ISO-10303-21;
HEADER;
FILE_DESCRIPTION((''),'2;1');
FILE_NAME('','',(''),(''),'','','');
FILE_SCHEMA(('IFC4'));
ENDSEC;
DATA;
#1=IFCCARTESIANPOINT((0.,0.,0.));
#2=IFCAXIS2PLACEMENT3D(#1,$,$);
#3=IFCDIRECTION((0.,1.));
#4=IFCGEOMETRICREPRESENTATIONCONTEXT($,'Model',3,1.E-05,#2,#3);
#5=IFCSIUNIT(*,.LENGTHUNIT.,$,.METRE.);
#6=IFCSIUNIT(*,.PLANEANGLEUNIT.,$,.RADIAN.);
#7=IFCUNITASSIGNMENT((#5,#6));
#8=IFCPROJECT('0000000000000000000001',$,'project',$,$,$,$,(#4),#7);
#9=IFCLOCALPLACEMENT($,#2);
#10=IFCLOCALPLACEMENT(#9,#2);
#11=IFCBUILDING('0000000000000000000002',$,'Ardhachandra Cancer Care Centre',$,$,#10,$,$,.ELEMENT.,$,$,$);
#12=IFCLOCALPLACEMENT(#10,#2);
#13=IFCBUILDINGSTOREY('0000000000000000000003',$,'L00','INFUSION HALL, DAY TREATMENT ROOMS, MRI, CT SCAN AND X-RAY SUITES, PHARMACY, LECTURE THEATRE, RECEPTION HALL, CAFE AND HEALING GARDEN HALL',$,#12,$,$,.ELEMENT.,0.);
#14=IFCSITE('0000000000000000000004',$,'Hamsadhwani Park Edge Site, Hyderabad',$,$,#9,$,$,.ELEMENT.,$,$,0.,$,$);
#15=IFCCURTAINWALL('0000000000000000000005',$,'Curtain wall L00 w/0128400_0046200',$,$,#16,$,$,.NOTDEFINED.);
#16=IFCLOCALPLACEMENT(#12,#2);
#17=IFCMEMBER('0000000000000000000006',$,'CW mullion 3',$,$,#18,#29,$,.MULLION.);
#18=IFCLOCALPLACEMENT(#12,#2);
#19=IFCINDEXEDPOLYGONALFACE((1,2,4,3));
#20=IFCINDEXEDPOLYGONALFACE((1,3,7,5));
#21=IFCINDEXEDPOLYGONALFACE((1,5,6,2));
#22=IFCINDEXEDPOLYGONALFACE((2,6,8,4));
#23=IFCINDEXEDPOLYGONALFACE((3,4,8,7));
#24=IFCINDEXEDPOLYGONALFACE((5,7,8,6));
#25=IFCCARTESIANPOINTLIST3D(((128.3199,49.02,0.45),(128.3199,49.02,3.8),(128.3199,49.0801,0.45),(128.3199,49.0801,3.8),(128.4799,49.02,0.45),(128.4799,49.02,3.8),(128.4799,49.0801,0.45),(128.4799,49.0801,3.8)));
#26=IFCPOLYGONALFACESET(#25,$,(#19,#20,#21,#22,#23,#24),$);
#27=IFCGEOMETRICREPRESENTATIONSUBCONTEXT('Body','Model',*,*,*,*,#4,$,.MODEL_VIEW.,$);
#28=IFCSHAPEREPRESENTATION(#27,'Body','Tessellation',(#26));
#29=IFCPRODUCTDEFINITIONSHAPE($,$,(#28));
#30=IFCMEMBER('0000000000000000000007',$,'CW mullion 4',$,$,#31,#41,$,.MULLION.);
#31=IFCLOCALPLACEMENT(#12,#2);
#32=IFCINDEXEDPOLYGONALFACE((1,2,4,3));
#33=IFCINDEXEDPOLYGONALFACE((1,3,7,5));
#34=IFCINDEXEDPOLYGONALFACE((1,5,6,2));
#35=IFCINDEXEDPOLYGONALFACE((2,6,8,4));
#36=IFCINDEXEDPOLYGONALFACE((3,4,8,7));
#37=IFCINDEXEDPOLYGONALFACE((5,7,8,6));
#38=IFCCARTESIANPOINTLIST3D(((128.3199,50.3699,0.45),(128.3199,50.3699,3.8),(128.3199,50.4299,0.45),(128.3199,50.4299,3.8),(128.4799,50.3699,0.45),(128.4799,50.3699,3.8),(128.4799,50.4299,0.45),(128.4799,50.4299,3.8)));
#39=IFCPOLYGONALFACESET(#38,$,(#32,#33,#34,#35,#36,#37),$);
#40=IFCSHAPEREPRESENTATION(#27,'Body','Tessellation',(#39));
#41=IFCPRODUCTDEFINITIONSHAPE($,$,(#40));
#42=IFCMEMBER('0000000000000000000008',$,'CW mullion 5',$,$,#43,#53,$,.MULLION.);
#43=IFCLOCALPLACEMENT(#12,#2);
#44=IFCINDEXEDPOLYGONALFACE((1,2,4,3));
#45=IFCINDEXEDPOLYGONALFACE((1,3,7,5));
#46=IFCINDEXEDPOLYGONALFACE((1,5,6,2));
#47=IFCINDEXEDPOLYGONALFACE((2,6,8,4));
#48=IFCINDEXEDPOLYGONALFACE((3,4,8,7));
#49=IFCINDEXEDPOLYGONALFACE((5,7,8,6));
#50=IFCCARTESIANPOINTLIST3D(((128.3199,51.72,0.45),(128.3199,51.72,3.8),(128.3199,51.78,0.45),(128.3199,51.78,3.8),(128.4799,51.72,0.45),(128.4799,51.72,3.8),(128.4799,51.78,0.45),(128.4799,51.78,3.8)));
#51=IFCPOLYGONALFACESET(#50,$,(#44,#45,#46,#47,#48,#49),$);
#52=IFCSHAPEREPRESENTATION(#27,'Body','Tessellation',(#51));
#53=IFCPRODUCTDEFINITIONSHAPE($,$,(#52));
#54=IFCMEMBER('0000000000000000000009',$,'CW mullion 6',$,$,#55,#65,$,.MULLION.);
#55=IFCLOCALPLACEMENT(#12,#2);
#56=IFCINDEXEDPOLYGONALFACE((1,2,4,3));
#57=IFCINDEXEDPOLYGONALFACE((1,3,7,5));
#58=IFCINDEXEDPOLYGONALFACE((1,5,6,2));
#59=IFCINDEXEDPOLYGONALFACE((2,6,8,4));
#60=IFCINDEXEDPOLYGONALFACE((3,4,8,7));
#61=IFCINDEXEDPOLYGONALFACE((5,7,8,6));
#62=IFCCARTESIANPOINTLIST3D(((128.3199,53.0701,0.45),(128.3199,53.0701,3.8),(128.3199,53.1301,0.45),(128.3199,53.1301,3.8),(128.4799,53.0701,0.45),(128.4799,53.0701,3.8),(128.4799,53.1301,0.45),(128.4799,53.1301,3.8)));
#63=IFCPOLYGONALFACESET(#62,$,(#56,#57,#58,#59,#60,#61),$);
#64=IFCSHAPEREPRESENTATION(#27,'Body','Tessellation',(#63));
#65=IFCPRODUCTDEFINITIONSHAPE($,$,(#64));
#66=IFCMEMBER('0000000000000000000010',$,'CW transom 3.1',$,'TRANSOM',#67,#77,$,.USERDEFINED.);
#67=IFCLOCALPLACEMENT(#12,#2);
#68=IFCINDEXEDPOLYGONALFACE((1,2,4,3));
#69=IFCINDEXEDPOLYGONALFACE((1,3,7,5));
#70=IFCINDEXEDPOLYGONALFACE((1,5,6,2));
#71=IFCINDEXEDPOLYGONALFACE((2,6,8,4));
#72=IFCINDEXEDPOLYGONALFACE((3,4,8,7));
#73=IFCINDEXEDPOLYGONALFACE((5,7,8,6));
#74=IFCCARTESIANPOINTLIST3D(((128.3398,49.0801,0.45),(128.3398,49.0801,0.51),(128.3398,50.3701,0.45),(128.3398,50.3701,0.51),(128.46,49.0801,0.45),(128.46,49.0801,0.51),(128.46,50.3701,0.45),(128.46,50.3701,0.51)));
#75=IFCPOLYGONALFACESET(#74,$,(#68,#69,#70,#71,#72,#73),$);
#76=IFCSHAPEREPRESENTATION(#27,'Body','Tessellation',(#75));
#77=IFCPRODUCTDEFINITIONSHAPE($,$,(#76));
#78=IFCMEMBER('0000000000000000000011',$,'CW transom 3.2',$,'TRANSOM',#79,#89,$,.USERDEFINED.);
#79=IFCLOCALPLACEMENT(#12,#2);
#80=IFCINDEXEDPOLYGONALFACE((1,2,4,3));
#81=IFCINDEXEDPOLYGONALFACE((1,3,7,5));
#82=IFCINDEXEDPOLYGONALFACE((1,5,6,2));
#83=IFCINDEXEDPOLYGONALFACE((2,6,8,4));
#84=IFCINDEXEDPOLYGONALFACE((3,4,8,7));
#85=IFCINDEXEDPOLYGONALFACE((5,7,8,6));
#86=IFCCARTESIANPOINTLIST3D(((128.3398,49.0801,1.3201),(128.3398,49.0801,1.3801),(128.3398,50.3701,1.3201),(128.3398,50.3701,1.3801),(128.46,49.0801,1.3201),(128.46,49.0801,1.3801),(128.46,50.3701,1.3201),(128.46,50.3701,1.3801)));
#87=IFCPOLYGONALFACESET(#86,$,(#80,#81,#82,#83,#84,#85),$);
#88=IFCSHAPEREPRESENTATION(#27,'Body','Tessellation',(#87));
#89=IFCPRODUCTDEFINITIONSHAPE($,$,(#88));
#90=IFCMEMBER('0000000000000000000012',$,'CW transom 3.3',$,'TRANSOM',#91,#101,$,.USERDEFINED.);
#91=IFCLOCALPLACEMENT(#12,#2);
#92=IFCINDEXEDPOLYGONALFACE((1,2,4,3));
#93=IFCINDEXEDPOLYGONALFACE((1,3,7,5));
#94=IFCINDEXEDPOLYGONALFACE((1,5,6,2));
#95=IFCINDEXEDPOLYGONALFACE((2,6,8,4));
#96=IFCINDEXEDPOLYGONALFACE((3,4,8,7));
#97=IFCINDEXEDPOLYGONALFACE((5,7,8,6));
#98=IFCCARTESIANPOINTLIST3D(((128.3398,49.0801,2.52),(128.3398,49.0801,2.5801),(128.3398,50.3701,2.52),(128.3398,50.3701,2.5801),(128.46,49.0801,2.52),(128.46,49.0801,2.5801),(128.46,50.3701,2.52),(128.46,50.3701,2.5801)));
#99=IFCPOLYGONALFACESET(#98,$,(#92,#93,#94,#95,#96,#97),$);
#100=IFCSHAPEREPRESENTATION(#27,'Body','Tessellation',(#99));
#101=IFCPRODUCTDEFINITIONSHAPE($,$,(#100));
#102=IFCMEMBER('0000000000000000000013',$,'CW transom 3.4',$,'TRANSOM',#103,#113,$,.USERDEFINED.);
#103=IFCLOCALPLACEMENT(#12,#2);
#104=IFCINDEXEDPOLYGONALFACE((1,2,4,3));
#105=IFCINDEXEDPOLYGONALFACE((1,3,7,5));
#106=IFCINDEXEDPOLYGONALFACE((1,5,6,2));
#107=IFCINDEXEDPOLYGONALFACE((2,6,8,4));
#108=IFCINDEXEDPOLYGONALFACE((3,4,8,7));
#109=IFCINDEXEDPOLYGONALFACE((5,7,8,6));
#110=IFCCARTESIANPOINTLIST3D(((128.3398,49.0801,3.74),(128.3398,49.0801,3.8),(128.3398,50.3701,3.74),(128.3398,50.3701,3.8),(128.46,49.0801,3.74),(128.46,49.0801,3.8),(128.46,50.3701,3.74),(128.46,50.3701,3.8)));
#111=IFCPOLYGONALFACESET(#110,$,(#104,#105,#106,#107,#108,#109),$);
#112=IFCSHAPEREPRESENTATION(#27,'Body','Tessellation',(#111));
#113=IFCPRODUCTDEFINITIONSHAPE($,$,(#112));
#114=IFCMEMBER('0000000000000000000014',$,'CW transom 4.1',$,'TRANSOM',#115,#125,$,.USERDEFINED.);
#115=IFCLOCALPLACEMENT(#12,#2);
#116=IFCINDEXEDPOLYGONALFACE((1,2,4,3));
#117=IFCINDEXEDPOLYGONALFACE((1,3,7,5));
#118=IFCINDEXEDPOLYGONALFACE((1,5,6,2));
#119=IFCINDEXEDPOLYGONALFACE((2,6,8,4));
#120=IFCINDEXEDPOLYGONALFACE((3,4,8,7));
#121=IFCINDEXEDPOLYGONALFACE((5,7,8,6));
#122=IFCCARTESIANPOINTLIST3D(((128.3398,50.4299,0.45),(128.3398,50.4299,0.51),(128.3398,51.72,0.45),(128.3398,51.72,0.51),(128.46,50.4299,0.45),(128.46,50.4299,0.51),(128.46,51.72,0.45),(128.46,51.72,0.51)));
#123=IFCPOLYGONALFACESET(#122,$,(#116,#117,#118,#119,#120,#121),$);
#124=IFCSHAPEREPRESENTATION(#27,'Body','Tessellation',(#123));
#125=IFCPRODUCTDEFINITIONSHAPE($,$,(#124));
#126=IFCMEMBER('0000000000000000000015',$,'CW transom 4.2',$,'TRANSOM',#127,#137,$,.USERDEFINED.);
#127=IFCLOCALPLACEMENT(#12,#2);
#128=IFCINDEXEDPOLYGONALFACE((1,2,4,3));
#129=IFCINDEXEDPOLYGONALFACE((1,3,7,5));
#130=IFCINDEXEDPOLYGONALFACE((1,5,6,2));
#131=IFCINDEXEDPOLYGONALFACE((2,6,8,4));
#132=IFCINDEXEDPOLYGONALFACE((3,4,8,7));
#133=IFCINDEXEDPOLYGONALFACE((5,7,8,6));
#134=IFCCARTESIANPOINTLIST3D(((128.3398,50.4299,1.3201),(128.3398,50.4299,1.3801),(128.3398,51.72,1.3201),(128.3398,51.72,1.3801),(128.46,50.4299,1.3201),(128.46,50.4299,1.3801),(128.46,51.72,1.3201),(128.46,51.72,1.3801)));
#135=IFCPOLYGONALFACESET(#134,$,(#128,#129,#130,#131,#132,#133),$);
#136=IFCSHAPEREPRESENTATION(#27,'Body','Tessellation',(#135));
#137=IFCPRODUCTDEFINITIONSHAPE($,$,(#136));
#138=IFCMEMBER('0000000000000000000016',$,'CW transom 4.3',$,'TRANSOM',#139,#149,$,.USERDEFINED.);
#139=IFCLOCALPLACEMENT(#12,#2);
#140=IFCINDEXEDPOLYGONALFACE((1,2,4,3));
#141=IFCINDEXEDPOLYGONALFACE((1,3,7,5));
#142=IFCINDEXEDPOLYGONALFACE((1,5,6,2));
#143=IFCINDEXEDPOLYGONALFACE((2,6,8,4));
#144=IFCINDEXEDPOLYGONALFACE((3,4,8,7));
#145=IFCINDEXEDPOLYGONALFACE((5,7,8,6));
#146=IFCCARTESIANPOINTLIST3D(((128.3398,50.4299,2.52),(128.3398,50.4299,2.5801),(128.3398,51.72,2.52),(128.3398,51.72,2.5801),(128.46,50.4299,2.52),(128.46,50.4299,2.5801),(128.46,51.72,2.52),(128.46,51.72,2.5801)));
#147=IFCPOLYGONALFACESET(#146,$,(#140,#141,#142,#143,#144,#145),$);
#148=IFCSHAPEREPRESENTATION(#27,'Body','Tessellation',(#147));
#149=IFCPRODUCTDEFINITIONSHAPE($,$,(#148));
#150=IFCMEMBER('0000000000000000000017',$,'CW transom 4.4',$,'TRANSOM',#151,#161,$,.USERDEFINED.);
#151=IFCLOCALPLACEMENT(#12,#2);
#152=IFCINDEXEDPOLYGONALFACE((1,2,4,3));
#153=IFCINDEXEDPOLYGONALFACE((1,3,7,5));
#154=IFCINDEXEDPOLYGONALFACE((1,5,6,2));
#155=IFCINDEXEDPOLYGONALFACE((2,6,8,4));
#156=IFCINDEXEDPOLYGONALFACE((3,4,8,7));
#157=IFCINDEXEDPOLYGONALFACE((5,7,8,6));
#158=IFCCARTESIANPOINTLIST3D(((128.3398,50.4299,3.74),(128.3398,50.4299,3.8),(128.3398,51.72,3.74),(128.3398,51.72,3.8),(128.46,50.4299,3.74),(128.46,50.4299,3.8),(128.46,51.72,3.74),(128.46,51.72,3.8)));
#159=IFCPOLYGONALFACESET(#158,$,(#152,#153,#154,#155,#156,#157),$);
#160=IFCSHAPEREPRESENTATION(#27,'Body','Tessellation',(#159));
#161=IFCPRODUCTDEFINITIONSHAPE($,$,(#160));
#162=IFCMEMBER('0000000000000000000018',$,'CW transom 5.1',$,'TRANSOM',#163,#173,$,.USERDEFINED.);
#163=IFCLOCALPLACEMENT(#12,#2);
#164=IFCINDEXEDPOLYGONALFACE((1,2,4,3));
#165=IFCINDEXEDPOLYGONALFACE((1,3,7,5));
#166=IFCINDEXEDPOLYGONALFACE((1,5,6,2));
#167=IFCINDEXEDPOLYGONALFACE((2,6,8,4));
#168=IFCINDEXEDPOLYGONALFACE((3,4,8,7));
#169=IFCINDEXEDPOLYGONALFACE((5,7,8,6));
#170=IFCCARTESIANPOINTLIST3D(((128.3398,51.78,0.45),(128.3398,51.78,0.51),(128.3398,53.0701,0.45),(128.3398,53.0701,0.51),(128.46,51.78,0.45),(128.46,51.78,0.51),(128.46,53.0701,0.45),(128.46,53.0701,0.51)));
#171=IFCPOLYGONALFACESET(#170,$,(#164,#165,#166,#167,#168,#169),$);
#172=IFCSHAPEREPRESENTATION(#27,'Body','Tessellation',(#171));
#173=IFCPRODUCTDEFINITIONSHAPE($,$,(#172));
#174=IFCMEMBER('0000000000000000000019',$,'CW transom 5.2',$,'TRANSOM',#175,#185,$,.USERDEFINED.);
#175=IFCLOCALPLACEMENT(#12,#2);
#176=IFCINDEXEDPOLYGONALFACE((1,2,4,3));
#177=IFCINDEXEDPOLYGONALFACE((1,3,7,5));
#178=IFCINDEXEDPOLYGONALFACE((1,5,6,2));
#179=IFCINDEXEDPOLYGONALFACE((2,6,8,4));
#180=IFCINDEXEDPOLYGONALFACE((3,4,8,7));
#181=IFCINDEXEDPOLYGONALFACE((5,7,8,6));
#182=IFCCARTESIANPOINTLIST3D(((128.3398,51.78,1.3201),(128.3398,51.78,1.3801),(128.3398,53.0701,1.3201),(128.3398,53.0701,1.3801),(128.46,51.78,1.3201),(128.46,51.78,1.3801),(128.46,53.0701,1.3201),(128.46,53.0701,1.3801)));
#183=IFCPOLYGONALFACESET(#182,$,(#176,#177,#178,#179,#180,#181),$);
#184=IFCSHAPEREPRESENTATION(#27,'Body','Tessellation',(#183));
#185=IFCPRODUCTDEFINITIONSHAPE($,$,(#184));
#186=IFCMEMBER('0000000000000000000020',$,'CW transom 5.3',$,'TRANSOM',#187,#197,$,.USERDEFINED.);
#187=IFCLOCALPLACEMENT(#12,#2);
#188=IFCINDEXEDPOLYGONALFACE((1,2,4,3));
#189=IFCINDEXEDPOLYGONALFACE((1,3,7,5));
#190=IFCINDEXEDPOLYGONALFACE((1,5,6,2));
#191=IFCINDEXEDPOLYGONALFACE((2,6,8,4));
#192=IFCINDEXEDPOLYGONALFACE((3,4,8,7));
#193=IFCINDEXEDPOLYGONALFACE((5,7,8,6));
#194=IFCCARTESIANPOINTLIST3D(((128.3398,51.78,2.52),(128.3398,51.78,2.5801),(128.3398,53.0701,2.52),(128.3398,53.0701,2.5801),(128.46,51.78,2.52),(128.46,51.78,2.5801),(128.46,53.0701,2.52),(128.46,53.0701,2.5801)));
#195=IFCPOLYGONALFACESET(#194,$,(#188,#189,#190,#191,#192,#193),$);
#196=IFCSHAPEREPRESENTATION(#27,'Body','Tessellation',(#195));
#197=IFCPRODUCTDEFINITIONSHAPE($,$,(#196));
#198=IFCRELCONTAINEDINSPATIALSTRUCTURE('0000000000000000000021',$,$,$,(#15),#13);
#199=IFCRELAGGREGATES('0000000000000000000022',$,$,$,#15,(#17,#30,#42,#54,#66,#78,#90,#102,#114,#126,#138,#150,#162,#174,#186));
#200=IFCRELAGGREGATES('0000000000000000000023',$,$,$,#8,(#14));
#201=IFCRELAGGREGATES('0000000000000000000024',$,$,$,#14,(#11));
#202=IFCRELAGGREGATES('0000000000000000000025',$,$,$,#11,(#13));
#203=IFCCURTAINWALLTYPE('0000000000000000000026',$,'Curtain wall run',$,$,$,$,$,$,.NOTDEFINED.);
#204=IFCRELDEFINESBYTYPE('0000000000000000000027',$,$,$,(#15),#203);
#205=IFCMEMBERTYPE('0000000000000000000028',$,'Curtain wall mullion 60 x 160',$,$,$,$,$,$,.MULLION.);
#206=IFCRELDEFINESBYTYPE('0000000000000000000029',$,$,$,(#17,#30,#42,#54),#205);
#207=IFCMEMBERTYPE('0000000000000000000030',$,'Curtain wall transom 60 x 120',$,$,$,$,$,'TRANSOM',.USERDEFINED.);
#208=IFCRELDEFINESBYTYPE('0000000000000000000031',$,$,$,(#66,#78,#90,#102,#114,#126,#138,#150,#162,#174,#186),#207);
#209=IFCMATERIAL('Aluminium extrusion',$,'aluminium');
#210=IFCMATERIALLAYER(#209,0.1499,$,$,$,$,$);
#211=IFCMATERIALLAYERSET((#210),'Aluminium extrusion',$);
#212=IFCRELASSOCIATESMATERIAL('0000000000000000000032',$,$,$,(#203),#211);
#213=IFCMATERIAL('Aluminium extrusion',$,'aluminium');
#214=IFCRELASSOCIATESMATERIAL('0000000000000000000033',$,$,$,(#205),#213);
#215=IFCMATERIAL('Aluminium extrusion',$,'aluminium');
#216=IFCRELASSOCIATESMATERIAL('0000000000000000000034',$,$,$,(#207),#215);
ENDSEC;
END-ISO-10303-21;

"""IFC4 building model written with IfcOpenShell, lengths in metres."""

from ifc_helpers import new_model, si_unit, direction, frame, origin, origin_2d, place, context, subcontext, project, spatial, rectangle, extrude, material, layer, layer_set, material_profile, profile_set, type_object, element, aggregate, save


model = new_model("IFC4")

# Units and contexts
model_context = context("Model", 3, precision=1e-05, world=origin(), true_north=direction((0.0, 1.0)))
body_context = subcontext(model_context, "Body", "Model", "MODEL_VIEW")
ifc_project = project(units=[si_unit("LENGTHUNIT", "METRE"), si_unit("PLANEANGLEUNIT", "RADIAN")], contexts=[model_context])

# Site, building, storey
site_placement = place(None, origin())
site = spatial("IfcSite", under=ifc_project, at=site_placement, Name="Hamsadhwani Park Edge Site, Hyderabad", CompositionType="ELEMENT", RefElevation=0.0)
building_placement = place(site_placement, origin())
building = spatial("IfcBuilding", under=site, at=building_placement, Name="Ardhachandra Cancer Care Centre", CompositionType="ELEMENT")
storey_placement = place(building_placement, origin())
storey = spatial("IfcBuildingStorey", under=building, at=storey_placement, Name="L00", Description="INFUSION HALL, DAY TREATMENT ROOMS, MRI, CT SCAN AND X-RAY SUITES, PHARMACY, LECTURE THEATRE, RECEPTION HALL, CAFE AND HEALING GARDEN HALL", CompositionType="ELEMENT", Elevation=0.0)

# Curtain wall, members
ifc_material_1 = material(Name="Aluminium extrusion", Category="aluminium")
ifc_layer_1 = layer(ifc_material_1, 0.1499)
ifc_layer_set_1 = layer_set([ifc_layer_1], Name="Aluminium extrusion")
curtain_wall_type = type_object("IfcCurtainWallType", Name="Curtain wall run", PredefinedType="NOTDEFINED", material=ifc_layer_set_1)
curtain_wall_placement = place(storey_placement, origin())
curtain_wall = element("IfcCurtainWall", 1, at=curtain_wall_placement, inside=storey, type_object=curtain_wall_type, Name="Curtain wall L00 w/0128400_0046200", PredefinedType="NOTDEFINED")
ifc_material_2 = material(Name="Aluminium extrusion", Category="aluminium")
ifc_material_profile_1 = material_profile(ifc_material_2, rectangle(XDim=0.1599, YDim=0.0601, at=origin_2d()), Name="Curtain wall mullion 60 x 160")
ifc_profile_set_1 = profile_set([ifc_material_profile_1], Name="Aluminium extrusion")
member_type_1 = type_object("IfcMemberType", Name="Curtain wall mullion 60 x 160", PredefinedType="MULLION", material=ifc_profile_set_1)
member_1_placement = place(storey_placement, frame((128.3999, 49.05, 0.45), z_axis=(0.0, 0.0, 1.0), x_axis=(-1.0, 0.0, 0.0)))
member_1 = element("IfcMember", 2, at=member_1_placement, type_object=member_type_1, Name="CW mullion 3", PredefinedType="MULLION", context=body_context, shape_type="SweptSolid", body=[
    extrude(rectangle(XDim=0.1599, YDim=0.0601, at=origin_2d()), origin(), (0.0, 0.0, 1.0), 3.3501),
])
member_2_placement = place(storey_placement, frame((128.3999, 50.3999, 0.45), z_axis=(0.0, 0.0, 1.0), x_axis=(-1.0, 0.0, 0.0)))
member_2 = element("IfcMember", 3, at=member_2_placement, type_object=member_type_1, Name="CW mullion 4", PredefinedType="MULLION", context=body_context, shape_type="SweptSolid", body=[
    extrude(rectangle(XDim=0.1599, YDim=0.0601, at=origin_2d()), origin(), (0.0, 0.0, 1.0), 3.3501),
])
member_3_placement = place(storey_placement, frame((128.3999, 51.75, 0.45), z_axis=(0.0, 0.0, 1.0), x_axis=(-1.0, 0.0, 0.0)))
member_3 = element("IfcMember", 4, at=member_3_placement, type_object=member_type_1, Name="CW mullion 5", PredefinedType="MULLION", context=body_context, shape_type="SweptSolid", body=[
    extrude(rectangle(XDim=0.1599, YDim=0.0601, at=origin_2d()), origin(), (0.0, 0.0, 1.0), 3.3501),
])
member_4_placement = place(storey_placement, frame((128.3999, 53.1001, 0.45), z_axis=(0.0, 0.0, 1.0), x_axis=(-1.0, 0.0, 0.0)))
member_4 = element("IfcMember", 5, at=member_4_placement, type_object=member_type_1, Name="CW mullion 6", PredefinedType="MULLION", context=body_context, shape_type="SweptSolid", body=[
    extrude(rectangle(XDim=0.1599, YDim=0.0601, at=origin_2d()), origin(), (0.0, 0.0, 1.0), 3.3501),
])
ifc_material_3 = material(Name="Aluminium extrusion", Category="aluminium")
ifc_material_profile_2 = material_profile(ifc_material_3, rectangle(XDim=0.1201, YDim=0.0601, at=origin_2d()), Name="Curtain wall transom 60 x 120")
ifc_profile_set_2 = profile_set([ifc_material_profile_2], Name="Aluminium extrusion")
member_type_2 = type_object("IfcMemberType", Name="Curtain wall transom 60 x 120", ElementType="TRANSOM", PredefinedType="USERDEFINED", material=ifc_profile_set_2)
member_5_placement = place(storey_placement, frame((128.3999, 49.0801, 0.48), z_axis=(0.0, 1.0, 0.0), x_axis=(-1.0, 0.0, 0.0)))
member_5 = element("IfcMember", 6, at=member_5_placement, type_object=member_type_2, Name="CW transom 3.1", ObjectType="TRANSOM", PredefinedType="USERDEFINED", context=body_context, shape_type="SweptSolid", body=[
    extrude(rectangle(XDim=0.1201, YDim=0.0601, at=origin_2d()), origin(), (0.0, 0.0, 1.0), 1.29),
])
member_6_placement = place(storey_placement, frame((128.3999, 49.0801, 1.3501), z_axis=(0.0, 1.0, 0.0), x_axis=(-1.0, 0.0, 0.0)))
member_6 = element("IfcMember", 7, at=member_6_placement, type_object=member_type_2, Name="CW transom 3.2", ObjectType="TRANSOM", PredefinedType="USERDEFINED", context=body_context, shape_type="SweptSolid", body=[
    extrude(rectangle(XDim=0.1201, YDim=0.0601, at=origin_2d()), origin(), (0.0, 0.0, 1.0), 1.29),
])
member_7_placement = place(storey_placement, frame((128.3999, 49.0801, 2.55), z_axis=(0.0, 1.0, 0.0), x_axis=(-1.0, 0.0, 0.0)))
member_7 = element("IfcMember", 8, at=member_7_placement, type_object=member_type_2, Name="CW transom 3.3", ObjectType="TRANSOM", PredefinedType="USERDEFINED", context=body_context, shape_type="SweptSolid", body=[
    extrude(rectangle(XDim=0.1201, YDim=0.0601, at=origin_2d()), origin(), (0.0, 0.0, 1.0), 1.29),
])
member_8_placement = place(storey_placement, frame((128.3999, 49.0801, 3.77), z_axis=(0.0, 1.0, 0.0), x_axis=(-1.0, 0.0, 0.0)))
member_8 = element("IfcMember", 9, at=member_8_placement, type_object=member_type_2, Name="CW transom 3.4", ObjectType="TRANSOM", PredefinedType="USERDEFINED", context=body_context, shape_type="SweptSolid", body=[
    extrude(rectangle(XDim=0.1201, YDim=0.0601, at=origin_2d()), origin(), (0.0, 0.0, 1.0), 1.29),
])
member_9_placement = place(storey_placement, frame((128.3999, 50.4299, 0.48), z_axis=(0.0, 1.0, 0.0), x_axis=(-1.0, 0.0, 0.0)))
member_9 = element("IfcMember", 10, at=member_9_placement, type_object=member_type_2, Name="CW transom 4.1", ObjectType="TRANSOM", PredefinedType="USERDEFINED", context=body_context, shape_type="SweptSolid", body=[
    extrude(rectangle(XDim=0.1201, YDim=0.0601, at=origin_2d()), origin(), (0.0, 0.0, 1.0), 1.29),
])
member_10_placement = place(storey_placement, frame((128.3999, 50.4299, 1.3501), z_axis=(0.0, 1.0, 0.0), x_axis=(-1.0, 0.0, 0.0)))
member_10 = element("IfcMember", 11, at=member_10_placement, type_object=member_type_2, Name="CW transom 4.2", ObjectType="TRANSOM", PredefinedType="USERDEFINED", context=body_context, shape_type="SweptSolid", body=[
    extrude(rectangle(XDim=0.1201, YDim=0.0601, at=origin_2d()), origin(), (0.0, 0.0, 1.0), 1.29),
])
member_11_placement = place(storey_placement, frame((128.3999, 50.4299, 2.55), z_axis=(0.0, 1.0, 0.0), x_axis=(-1.0, 0.0, 0.0)))
member_11 = element("IfcMember", 12, at=member_11_placement, type_object=member_type_2, Name="CW transom 4.3", ObjectType="TRANSOM", PredefinedType="USERDEFINED", context=body_context, shape_type="SweptSolid", body=[
    extrude(rectangle(XDim=0.1201, YDim=0.0601, at=origin_2d()), origin(), (0.0, 0.0, 1.0), 1.29),
])
member_12_placement = place(storey_placement, frame((128.3999, 50.4299, 3.77), z_axis=(0.0, 1.0, 0.0), x_axis=(-1.0, 0.0, 0.0)))
member_12 = element("IfcMember", 13, at=member_12_placement, type_object=member_type_2, Name="CW transom 4.4", ObjectType="TRANSOM", PredefinedType="USERDEFINED", context=body_context, shape_type="SweptSolid", body=[
    extrude(rectangle(XDim=0.1201, YDim=0.0601, at=origin_2d()), origin(), (0.0, 0.0, 1.0), 1.29),
])
member_13_placement = place(storey_placement, frame((128.3999, 51.78, 0.48), z_axis=(0.0, 1.0, 0.0), x_axis=(-1.0, 0.0, 0.0)))
member_13 = element("IfcMember", 14, at=member_13_placement, type_object=member_type_2, Name="CW transom 5.1", ObjectType="TRANSOM", PredefinedType="USERDEFINED", context=body_context, shape_type="SweptSolid", body=[
    extrude(rectangle(XDim=0.1201, YDim=0.0601, at=origin_2d()), origin(), (0.0, 0.0, 1.0), 1.29),
])
member_14_placement = place(storey_placement, frame((128.3999, 51.78, 1.3501), z_axis=(0.0, 1.0, 0.0), x_axis=(-1.0, 0.0, 0.0)))
member_14 = element("IfcMember", 15, at=member_14_placement, type_object=member_type_2, Name="CW transom 5.2", ObjectType="TRANSOM", PredefinedType="USERDEFINED", context=body_context, shape_type="SweptSolid", body=[
    extrude(rectangle(XDim=0.1201, YDim=0.0601, at=origin_2d()), origin(), (0.0, 0.0, 1.0), 1.29),
])
member_15_placement = place(storey_placement, frame((128.3999, 51.78, 2.55), z_axis=(0.0, 1.0, 0.0), x_axis=(-1.0, 0.0, 0.0)))
member_15 = element("IfcMember", 16, at=member_15_placement, type_object=member_type_2, Name="CW transom 5.3", ObjectType="TRANSOM", PredefinedType="USERDEFINED", context=body_context, shape_type="SweptSolid", body=[
    extrude(rectangle(XDim=0.1201, YDim=0.0601, at=origin_2d()), origin(), (0.0, 0.0, 1.0), 1.29),
])
aggregate(curtain_wall, [member_1, member_2, member_3, member_4, member_5, member_6, member_7, member_8, member_9, member_10, member_11, member_12, member_13, member_14, member_15])

save(model, "model.ifc")
